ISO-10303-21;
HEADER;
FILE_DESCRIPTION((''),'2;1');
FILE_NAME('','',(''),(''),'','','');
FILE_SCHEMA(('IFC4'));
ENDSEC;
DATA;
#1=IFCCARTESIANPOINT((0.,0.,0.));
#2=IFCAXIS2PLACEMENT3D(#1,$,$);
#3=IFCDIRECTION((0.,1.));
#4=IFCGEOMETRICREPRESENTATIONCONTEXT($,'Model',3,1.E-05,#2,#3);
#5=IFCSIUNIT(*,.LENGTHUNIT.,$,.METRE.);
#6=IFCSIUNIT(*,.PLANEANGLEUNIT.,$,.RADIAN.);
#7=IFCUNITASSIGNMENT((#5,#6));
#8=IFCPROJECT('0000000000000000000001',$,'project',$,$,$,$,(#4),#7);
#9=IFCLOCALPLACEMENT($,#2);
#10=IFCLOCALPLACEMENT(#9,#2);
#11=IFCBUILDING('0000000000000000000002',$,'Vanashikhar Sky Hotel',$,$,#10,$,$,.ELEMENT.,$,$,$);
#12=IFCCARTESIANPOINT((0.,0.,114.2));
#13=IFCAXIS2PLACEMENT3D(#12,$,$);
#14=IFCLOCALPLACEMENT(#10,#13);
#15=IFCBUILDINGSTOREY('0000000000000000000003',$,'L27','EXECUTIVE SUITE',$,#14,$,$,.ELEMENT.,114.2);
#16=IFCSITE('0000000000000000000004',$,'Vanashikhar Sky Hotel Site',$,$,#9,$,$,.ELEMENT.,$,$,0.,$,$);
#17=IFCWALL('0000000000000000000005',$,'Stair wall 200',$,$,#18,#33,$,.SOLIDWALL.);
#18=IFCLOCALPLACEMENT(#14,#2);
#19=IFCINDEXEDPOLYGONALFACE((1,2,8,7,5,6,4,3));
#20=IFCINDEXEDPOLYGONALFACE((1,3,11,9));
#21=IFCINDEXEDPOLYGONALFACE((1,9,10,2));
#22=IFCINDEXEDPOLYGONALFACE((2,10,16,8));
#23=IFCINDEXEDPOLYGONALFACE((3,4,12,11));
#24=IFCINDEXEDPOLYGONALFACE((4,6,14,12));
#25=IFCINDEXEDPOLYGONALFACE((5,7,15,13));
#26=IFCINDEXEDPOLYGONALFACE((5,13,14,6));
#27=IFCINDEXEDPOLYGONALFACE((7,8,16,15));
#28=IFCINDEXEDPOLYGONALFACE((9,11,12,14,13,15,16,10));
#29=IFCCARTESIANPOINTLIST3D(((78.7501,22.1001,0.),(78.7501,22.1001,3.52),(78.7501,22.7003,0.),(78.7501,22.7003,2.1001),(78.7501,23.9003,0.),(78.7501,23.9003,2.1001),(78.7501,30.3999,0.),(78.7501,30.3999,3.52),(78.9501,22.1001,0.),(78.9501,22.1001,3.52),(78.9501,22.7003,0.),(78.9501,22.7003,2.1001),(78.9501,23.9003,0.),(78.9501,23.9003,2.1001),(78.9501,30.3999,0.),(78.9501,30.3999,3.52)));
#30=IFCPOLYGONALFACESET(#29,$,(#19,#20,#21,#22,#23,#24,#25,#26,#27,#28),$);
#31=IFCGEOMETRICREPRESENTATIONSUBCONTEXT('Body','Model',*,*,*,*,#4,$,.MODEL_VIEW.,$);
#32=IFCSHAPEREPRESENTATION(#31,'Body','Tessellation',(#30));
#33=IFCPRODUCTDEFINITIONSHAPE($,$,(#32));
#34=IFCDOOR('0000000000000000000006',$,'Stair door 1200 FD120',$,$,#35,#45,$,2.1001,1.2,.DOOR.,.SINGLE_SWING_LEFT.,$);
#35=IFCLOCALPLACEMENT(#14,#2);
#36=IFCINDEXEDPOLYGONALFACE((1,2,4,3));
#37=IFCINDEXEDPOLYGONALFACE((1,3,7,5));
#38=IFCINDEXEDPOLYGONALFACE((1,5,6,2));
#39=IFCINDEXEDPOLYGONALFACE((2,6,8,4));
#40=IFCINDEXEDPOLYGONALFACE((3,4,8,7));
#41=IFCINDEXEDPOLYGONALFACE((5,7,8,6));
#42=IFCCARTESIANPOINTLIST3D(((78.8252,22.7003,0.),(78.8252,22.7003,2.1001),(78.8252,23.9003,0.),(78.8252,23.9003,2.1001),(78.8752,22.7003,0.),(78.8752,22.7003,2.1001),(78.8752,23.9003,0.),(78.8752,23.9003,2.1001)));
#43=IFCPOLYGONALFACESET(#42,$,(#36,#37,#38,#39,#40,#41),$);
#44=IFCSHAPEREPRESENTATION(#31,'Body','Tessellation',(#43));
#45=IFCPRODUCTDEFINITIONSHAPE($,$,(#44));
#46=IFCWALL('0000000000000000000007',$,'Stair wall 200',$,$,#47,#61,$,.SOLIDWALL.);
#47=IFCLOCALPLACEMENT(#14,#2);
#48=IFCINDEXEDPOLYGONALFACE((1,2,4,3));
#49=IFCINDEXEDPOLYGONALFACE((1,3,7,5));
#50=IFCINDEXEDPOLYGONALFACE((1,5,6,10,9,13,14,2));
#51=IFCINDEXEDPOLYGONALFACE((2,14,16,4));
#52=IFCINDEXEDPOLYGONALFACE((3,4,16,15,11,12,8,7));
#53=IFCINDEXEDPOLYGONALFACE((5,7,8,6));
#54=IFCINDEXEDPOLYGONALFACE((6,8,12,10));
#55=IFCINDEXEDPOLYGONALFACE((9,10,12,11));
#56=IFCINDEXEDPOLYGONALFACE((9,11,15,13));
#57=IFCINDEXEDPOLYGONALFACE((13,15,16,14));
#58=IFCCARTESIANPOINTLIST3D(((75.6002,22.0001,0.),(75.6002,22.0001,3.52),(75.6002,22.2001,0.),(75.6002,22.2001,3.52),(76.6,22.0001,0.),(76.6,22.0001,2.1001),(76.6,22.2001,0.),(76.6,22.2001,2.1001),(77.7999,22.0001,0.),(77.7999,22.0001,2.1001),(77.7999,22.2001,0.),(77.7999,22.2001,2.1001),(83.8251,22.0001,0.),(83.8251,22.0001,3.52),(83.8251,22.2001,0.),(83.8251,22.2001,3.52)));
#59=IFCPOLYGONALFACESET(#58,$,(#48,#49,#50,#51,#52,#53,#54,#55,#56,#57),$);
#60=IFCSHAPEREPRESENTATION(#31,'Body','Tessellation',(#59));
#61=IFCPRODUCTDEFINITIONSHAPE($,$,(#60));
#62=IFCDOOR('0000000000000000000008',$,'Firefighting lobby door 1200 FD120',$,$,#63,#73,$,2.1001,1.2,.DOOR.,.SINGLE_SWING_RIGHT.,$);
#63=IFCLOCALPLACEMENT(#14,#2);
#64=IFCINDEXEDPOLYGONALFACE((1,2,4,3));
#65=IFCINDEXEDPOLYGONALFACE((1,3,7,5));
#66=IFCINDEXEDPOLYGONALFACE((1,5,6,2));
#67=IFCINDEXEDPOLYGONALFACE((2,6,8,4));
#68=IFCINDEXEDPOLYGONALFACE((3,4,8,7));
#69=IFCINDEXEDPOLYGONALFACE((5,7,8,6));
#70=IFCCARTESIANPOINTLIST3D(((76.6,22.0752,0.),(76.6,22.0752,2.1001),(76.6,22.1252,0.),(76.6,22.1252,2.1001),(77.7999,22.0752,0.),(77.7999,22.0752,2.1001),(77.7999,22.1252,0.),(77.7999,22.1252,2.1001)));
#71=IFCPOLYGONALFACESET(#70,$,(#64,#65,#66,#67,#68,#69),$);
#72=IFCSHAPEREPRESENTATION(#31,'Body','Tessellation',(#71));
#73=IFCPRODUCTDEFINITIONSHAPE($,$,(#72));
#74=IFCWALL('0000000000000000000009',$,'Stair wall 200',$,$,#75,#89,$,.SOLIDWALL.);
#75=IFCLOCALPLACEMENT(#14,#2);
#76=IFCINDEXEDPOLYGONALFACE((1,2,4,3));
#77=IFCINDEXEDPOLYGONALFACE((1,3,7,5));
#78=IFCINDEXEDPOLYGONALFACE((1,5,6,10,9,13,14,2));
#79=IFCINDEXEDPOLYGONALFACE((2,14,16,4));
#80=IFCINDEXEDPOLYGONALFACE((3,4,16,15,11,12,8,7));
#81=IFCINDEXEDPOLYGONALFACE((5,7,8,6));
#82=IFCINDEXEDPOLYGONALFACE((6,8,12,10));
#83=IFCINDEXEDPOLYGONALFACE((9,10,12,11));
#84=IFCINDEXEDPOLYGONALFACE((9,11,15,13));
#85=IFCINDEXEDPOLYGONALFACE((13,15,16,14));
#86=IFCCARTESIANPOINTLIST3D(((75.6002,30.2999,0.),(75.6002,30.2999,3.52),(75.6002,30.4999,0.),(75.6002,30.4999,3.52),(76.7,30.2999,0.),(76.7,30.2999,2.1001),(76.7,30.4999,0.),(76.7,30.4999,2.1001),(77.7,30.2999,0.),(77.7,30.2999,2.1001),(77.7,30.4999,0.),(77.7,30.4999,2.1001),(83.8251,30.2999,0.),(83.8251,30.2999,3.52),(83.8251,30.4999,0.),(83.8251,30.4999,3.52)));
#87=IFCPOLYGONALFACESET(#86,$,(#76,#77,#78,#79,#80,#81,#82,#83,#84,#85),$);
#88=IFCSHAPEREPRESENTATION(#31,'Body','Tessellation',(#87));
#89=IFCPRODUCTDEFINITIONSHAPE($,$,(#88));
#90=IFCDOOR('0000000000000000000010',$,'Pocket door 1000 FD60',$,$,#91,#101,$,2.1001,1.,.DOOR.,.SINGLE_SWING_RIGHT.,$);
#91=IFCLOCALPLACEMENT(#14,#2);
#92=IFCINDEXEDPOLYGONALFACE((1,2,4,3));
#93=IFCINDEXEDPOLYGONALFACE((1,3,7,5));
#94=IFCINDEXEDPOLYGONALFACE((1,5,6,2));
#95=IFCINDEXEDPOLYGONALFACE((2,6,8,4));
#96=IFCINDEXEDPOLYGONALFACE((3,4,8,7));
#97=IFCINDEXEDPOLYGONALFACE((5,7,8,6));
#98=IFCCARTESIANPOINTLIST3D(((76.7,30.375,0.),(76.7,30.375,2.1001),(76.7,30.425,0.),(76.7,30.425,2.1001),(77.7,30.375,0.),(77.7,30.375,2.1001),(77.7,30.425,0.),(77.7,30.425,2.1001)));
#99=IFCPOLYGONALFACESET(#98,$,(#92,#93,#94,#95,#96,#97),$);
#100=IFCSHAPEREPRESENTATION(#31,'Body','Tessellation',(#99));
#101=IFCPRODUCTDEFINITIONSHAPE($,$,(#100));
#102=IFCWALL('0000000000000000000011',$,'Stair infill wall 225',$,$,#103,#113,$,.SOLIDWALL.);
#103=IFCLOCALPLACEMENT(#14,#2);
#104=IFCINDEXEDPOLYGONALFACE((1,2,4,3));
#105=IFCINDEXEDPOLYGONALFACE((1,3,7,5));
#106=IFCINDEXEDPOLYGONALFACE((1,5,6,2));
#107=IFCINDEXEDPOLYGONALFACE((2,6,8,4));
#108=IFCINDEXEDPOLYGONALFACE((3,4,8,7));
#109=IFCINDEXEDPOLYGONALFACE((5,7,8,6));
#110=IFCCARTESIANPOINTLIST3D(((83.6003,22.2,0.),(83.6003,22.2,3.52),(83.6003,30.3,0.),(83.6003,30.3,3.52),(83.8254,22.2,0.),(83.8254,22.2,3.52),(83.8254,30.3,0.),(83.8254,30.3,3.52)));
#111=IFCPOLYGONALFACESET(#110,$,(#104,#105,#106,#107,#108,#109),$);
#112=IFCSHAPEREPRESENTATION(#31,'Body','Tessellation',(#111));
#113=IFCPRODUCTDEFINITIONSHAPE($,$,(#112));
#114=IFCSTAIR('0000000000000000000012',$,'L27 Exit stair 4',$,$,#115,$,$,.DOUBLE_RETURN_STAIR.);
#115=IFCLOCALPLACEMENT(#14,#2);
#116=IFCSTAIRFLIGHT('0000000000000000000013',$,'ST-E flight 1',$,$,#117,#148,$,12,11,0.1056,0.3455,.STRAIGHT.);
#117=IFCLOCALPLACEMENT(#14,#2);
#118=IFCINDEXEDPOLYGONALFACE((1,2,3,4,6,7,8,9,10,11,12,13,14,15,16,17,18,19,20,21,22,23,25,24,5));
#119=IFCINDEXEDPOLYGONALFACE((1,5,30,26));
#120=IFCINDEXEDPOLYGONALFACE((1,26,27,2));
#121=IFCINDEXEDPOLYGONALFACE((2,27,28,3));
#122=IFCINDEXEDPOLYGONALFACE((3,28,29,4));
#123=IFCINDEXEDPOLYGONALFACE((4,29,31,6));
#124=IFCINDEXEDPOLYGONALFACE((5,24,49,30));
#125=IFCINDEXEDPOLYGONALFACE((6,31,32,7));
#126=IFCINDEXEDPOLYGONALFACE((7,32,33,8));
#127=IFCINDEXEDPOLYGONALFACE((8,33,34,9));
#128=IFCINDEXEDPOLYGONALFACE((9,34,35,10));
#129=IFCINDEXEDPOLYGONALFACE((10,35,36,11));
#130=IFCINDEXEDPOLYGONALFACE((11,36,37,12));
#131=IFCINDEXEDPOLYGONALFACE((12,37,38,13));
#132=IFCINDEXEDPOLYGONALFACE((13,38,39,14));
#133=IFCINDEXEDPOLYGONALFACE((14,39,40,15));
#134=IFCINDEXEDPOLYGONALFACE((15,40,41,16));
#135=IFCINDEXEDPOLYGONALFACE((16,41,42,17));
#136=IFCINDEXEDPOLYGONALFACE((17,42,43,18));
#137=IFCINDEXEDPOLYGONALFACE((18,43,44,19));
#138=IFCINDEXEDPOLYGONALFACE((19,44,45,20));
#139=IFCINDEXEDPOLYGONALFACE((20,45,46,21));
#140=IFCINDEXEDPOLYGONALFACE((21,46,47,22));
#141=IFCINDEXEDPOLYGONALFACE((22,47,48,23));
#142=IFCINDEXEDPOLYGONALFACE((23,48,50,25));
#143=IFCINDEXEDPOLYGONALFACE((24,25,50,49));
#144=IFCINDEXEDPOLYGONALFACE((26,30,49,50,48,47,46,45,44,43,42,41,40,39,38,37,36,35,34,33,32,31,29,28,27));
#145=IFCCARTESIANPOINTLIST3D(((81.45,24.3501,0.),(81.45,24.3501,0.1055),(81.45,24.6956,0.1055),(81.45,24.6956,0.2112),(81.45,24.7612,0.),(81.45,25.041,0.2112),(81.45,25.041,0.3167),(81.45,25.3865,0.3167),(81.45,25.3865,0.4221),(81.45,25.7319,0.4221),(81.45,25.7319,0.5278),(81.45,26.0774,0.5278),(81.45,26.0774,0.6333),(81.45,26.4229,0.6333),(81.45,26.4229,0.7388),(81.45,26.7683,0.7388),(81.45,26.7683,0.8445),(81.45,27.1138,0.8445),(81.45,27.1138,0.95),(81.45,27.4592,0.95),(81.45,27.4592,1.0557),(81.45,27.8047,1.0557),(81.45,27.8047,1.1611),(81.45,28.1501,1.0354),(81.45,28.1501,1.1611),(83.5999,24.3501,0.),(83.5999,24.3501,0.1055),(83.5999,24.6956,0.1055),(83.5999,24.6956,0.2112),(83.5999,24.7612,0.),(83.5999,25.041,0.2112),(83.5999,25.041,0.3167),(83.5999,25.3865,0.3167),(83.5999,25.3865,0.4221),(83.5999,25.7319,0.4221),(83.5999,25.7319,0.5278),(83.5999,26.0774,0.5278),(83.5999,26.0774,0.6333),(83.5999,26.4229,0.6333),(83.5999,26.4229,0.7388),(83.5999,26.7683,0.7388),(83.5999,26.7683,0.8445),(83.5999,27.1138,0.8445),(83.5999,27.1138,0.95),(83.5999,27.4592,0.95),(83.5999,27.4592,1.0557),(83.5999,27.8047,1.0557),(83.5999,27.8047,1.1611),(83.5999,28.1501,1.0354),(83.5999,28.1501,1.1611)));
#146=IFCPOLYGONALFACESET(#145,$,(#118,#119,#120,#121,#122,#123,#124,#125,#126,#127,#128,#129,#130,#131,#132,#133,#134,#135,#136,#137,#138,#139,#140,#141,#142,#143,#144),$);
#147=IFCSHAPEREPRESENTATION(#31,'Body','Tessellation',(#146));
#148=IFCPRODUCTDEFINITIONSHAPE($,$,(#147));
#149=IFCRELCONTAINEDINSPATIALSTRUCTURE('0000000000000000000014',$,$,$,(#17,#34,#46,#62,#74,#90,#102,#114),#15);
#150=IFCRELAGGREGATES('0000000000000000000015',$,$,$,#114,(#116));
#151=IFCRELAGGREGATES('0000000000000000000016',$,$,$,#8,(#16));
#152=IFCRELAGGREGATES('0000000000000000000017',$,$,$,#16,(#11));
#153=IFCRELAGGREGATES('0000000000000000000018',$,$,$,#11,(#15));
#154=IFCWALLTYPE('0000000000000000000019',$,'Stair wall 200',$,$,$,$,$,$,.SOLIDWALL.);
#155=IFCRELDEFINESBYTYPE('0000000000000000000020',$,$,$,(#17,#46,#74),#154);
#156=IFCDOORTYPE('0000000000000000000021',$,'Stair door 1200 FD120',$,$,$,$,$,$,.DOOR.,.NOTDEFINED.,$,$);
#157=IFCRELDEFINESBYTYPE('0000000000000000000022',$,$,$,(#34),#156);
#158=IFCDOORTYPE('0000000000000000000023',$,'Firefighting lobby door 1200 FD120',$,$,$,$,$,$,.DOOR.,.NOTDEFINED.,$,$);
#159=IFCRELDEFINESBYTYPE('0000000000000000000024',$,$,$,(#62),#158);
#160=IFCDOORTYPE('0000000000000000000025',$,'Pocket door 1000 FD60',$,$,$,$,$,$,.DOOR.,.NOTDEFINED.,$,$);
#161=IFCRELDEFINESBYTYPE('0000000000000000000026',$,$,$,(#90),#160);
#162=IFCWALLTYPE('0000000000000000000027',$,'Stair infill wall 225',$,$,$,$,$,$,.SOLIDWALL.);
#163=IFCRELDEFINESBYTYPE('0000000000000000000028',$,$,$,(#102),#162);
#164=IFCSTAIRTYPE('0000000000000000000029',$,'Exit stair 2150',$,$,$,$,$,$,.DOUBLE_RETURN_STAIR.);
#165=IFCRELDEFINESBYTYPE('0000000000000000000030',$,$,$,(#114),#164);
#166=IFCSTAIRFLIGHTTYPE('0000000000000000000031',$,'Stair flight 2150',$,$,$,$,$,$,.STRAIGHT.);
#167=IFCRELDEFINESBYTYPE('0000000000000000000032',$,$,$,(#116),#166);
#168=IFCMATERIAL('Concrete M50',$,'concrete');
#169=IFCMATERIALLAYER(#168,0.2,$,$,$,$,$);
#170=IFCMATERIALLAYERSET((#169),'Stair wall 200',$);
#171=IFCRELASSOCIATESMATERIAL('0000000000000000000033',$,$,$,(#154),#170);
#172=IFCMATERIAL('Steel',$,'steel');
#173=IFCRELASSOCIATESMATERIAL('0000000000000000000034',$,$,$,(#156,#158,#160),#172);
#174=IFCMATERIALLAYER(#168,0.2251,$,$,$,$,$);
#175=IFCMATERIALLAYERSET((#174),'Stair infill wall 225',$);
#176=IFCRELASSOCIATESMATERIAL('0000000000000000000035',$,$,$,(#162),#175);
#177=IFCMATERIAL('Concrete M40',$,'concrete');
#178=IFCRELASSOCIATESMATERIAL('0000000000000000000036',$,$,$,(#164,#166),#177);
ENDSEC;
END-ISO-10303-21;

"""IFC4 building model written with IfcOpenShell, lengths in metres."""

from ifc_helpers import new_model, si_unit, direction, frame, frame_2d, origin, place, context, subcontext, project, spatial, polyline, rectangle, outline, extrude, source, transform, mapped, material, layer, layer_set, type_object, element, fill, aggregate, save


model = new_model("IFC4")

# Units and contexts
model_context = context("Model", 3, precision=1e-05, world=origin(), true_north=direction((0.0, 1.0)))
body_context = subcontext(model_context, "Body", "Model", "MODEL_VIEW")
ifc_project = project(units=[si_unit("LENGTHUNIT", "METRE"), si_unit("PLANEANGLEUNIT", "RADIAN")], contexts=[model_context])

# Site, building, storey
site_placement = place(None, origin())
site = spatial("IfcSite", under=ifc_project, at=site_placement, Name="Vanashikhar Sky Hotel Site", CompositionType="ELEMENT", RefElevation=0.0)
building_placement = place(site_placement, origin())
building = spatial("IfcBuilding", under=site, at=building_placement, Name="Vanashikhar Sky Hotel", CompositionType="ELEMENT")
storey_placement = place(building_placement, frame((0.0, 0.0, 114.2)))
storey = spatial("IfcBuildingStorey", under=building, at=storey_placement, Name="L27", Description="EXECUTIVE SUITE", CompositionType="ELEMENT", Elevation=114.2)

# Shared definitions
ifc_material_1 = material(Name="Concrete M50", Category="concrete")

# Shared definitions
ifc_material_2 = material(Name="Steel", Category="steel")
shared_shape_1 = source(origin(), body_context, "Body", "SweptSolid", [
    extrude(rectangle(XDim=1.2, YDim=2.1001, at=frame_2d((0.6001, 1.05))), frame((0.0, 0.0249, 0.0), z_axis=(0.0, -1.0, 0.0), x_axis=(1.0, 0.0, 0.0)), (0.0, 0.0, 1.0), 0.05),
])

# Walls, openings, doors
ifc_layer_1 = layer(ifc_material_1, 0.2)
ifc_layer_set_1 = layer_set([ifc_layer_1], Name="Stair wall 200")
wall_type_1 = type_object("IfcWallType", Name="Stair wall 200", PredefinedType="SOLIDWALL", material=ifc_layer_set_1)
shared_shape_2 = source(origin(), body_context, "Body", "SweptSolid", [
    extrude(rectangle(XDim=8.2998, YDim=0.2, at=frame_2d((4.1499, 0.0))), origin(), (0.0, 0.0, 1.0), 3.52),
])
wall_1_placement = place(storey_placement, frame((78.8501, 22.1001, 0.0), z_axis=(0.0, 0.0, 1.0), x_axis=(0.0, 1.0, 0.0)))
wall_1 = element("IfcWall", 1, at=wall_1_placement, inside=storey, type_object=wall_type_1, Name="Stair wall 200", PredefinedType="SOLIDWALL", context=body_context, shape_type="MappedRepresentation", body=[
    mapped(shared_shape_2, transform((0.0, 0.0, 0.0), scale=1.0)),
])
shared_shape_3 = source(origin(), body_context, "Body", "SweptSolid", [
    extrude(rectangle(XDim=1.2, YDim=2.1001, at=frame_2d((0.6001, 1.05))), frame((0.0, 0.1099, 0.0), z_axis=(0.0, -1.0, 0.0), x_axis=(1.0, 0.0, 0.0)), (0.0, 0.0, 1.0), 0.22),
])
opening_1_placement = place(wall_1_placement, frame((0.6001, 0.0, 0.0)))
opening_1 = element("IfcOpeningElement", 2, at=opening_1_placement, cuts=wall_1, PredefinedType="OPENING", context=body_context, shape_type="MappedRepresentation", body=[
    mapped(shared_shape_3, transform((0.0, 0.0, 0.0), scale=1.0)),
])
door_type_1 = type_object("IfcDoorType", Name="Stair door 1200 FD120", OperationType="NOTDEFINED", PredefinedType="DOOR", material=ifc_material_2)
door_1_placement = place(opening_1_placement, origin())
door_1 = element("IfcDoor", 3, at=door_1_placement, inside=storey, type_object=door_type_1, Name="Stair door 1200 FD120", OperationType="SINGLE_SWING_LEFT", OverallHeight=2.1001, OverallWidth=1.2, PredefinedType="DOOR", context=body_context, shape_type="MappedRepresentation", body=[
    mapped(shared_shape_1, transform((0.0, 0.0, 0.0), scale=1.0)),
])
fill(opening_1, door_1)
shared_shape_4 = source(origin(), body_context, "Body", "SweptSolid", [
    extrude(rectangle(XDim=8.2249, YDim=0.2, at=frame_2d((4.1123, 0.0))), origin(), (0.0, 0.0, 1.0), 3.52),
])
wall_2_placement = place(storey_placement, frame((83.825, 22.1001, 0.0), z_axis=(0.0, 0.0, 1.0), x_axis=(-1.0, 0.0, 0.0)))
wall_2 = element("IfcWall", 4, at=wall_2_placement, inside=storey, type_object=wall_type_1, Name="Stair wall 200", PredefinedType="SOLIDWALL", context=body_context, shape_type="MappedRepresentation", body=[
    mapped(shared_shape_4, transform((0.0, 0.0, 0.0), scale=1.0)),
])
opening_2_placement = place(wall_2_placement, frame((6.0249, 0.0, 0.0)))
opening_2 = element("IfcOpeningElement", 5, at=opening_2_placement, cuts=wall_2, PredefinedType="OPENING", context=body_context, shape_type="MappedRepresentation", body=[
    mapped(shared_shape_3, transform((0.0, 0.0, 0.0), scale=1.0)),
])
door_type_2 = type_object("IfcDoorType", Name="Firefighting lobby door 1200 FD120", OperationType="NOTDEFINED", PredefinedType="DOOR", material=ifc_material_2)
door_2_placement = place(opening_2_placement, origin())
door_2 = element("IfcDoor", 6, at=door_2_placement, inside=storey, type_object=door_type_2, Name="Firefighting lobby door 1200 FD120", OperationType="SINGLE_SWING_RIGHT", OverallHeight=2.1001, OverallWidth=1.2, PredefinedType="DOOR", context=body_context, shape_type="MappedRepresentation", body=[
    mapped(shared_shape_1, transform((0.0, 0.0, 0.0), scale=1.0)),
])
fill(opening_2, door_2)
wall_3_placement = place(storey_placement, frame((83.825, 30.3999, 0.0), z_axis=(0.0, 0.0, 1.0), x_axis=(-1.0, 0.0, 0.0)))
wall_3 = element("IfcWall", 7, at=wall_3_placement, inside=storey, type_object=wall_type_1, Name="Stair wall 200", PredefinedType="SOLIDWALL", context=body_context, shape_type="MappedRepresentation", body=[
    mapped(shared_shape_4, transform((0.0, 0.0, 0.0), scale=1.0)),
])
shared_shape_5 = source(origin(), body_context, "Body", "SweptSolid", [
    extrude(rectangle(XDim=1.0, YDim=2.1001, at=frame_2d((0.5, 1.05))), frame((0.0, 0.1099, 0.0), z_axis=(0.0, -1.0, 0.0), x_axis=(1.0, 0.0, 0.0)), (0.0, 0.0, 1.0), 0.22),
])
opening_3_placement = place(wall_3_placement, frame((6.125, 0.0, 0.0)))
opening_3 = element("IfcOpeningElement", 8, at=opening_3_placement, cuts=wall_3, PredefinedType="OPENING", context=body_context, shape_type="MappedRepresentation", body=[
    mapped(shared_shape_5, transform((0.0, 0.0, 0.0), scale=1.0)),
])
door_type_3 = type_object("IfcDoorType", Name="Pocket door 1000 FD60", OperationType="NOTDEFINED", PredefinedType="DOOR", material=ifc_material_2)
shared_shape_6 = source(origin(), body_context, "Body", "SweptSolid", [
    extrude(rectangle(XDim=1.0, YDim=2.1001, at=frame_2d((0.5, 1.05))), frame((0.0, 0.0249, 0.0), z_axis=(0.0, -1.0, 0.0), x_axis=(1.0, 0.0, 0.0)), (0.0, 0.0, 1.0), 0.05),
])
door_3_placement = place(opening_3_placement, origin())
door_3 = element("IfcDoor", 9, at=door_3_placement, inside=storey, type_object=door_type_3, Name="Pocket door 1000 FD60", OperationType="SINGLE_SWING_RIGHT", OverallHeight=2.1001, OverallWidth=1.0, PredefinedType="DOOR", context=body_context, shape_type="MappedRepresentation", body=[
    mapped(shared_shape_6, transform((0.0, 0.0, 0.0), scale=1.0)),
])
fill(opening_3, door_3)

# Wall
ifc_layer_2 = layer(ifc_material_1, 0.2251)
ifc_layer_set_2 = layer_set([ifc_layer_2], Name="Stair infill wall 225")
wall_type_2 = type_object("IfcWallType", Name="Stair infill wall 225", PredefinedType="SOLIDWALL", material=ifc_layer_set_2)
shared_shape_7 = source(origin(), body_context, "Body", "SweptSolid", [
    extrude(rectangle(XDim=8.1001, YDim=0.2251, at=frame_2d((4.05, 0.0))), origin(), (0.0, 0.0, 1.0), 3.52),
])
wall_4_placement = place(storey_placement, frame((83.7129, 22.2, 0.0), z_axis=(0.0, 0.0, 1.0), x_axis=(0.0, 1.0, 0.0)))
element("IfcWall", 10, at=wall_4_placement, inside=storey, type_object=wall_type_2, Name="Stair infill wall 225", PredefinedType="SOLIDWALL", context=body_context, shape_type="MappedRepresentation", body=[
    mapped(shared_shape_7, transform((0.0, 0.0, 0.0), scale=1.0)),
])

# Stair, stair flight
ifc_material_3 = material(Name="Concrete M40", Category="concrete")
stair_type = type_object("IfcStairType", Name="Exit stair 2150", PredefinedType="DOUBLE_RETURN_STAIR", material=ifc_material_3)
stair_placement = place(storey_placement, origin())
stair = element("IfcStair", 11, at=stair_placement, inside=storey, type_object=stair_type, Name="L27 Exit stair 4", PredefinedType="DOUBLE_RETURN_STAIR")
stair_flight_type = type_object("IfcStairFlightType", Name="Stair flight 2150", PredefinedType="STRAIGHT", material=ifc_material_3)
shared_shape_8 = source(origin(), body_context, "Body", "SweptSolid", [
    extrude(outline(polyline([(0.0, 0.0), (0.0, 0.1055), (0.3455, 0.1055), (0.3455, 0.2112), (0.6909, 0.2112), (0.6909, 0.3167), (1.0364, 0.3167), (1.0364, 0.4221), (1.3818, 0.4221), (1.3818, 0.5278), (1.7273, 0.5278), (1.7273, 0.6333), (2.0728, 0.6333), (2.0728, 0.7388), (2.4182, 0.7388), (2.4182, 0.8445), (2.7637, 0.8445), (2.7637, 0.95), (3.1091, 0.95), (3.1091, 1.0557), (3.4546, 1.0557), (3.4546, 1.1611), (3.8, 1.1611), (3.8, 1.2666), (3.8, 1.0354), (0.4111, 0.0), (0.0, 0.0)])), frame((0.0, 1.075, 0.0), z_axis=(0.0, -1.0, 0.0), x_axis=(1.0, 0.0, 0.0)), (0.0, 0.0, 1.0), 2.1499),
])
stair_flight_1_placement = place(storey_placement, frame((82.5249, 24.3501, 0.0), z_axis=(0.0, 0.0, 1.0), x_axis=(0.0, 1.0, 0.0)))
stair_flight_1 = element("IfcStairFlight", 12, at=stair_flight_1_placement, type_object=stair_flight_type, Name="ST-E flight 1", NumberOfRisers=12, NumberOfTreads=11, PredefinedType="STRAIGHT", RiserHeight=0.1056, TreadLength=0.3455, context=body_context, shape_type="MappedRepresentation", body=[
    mapped(shared_shape_8, transform((0.0, 0.0, 0.0), scale=1.0)),
])
aggregate(stair, [stair_flight_1])

save(model, "model.ifc")
